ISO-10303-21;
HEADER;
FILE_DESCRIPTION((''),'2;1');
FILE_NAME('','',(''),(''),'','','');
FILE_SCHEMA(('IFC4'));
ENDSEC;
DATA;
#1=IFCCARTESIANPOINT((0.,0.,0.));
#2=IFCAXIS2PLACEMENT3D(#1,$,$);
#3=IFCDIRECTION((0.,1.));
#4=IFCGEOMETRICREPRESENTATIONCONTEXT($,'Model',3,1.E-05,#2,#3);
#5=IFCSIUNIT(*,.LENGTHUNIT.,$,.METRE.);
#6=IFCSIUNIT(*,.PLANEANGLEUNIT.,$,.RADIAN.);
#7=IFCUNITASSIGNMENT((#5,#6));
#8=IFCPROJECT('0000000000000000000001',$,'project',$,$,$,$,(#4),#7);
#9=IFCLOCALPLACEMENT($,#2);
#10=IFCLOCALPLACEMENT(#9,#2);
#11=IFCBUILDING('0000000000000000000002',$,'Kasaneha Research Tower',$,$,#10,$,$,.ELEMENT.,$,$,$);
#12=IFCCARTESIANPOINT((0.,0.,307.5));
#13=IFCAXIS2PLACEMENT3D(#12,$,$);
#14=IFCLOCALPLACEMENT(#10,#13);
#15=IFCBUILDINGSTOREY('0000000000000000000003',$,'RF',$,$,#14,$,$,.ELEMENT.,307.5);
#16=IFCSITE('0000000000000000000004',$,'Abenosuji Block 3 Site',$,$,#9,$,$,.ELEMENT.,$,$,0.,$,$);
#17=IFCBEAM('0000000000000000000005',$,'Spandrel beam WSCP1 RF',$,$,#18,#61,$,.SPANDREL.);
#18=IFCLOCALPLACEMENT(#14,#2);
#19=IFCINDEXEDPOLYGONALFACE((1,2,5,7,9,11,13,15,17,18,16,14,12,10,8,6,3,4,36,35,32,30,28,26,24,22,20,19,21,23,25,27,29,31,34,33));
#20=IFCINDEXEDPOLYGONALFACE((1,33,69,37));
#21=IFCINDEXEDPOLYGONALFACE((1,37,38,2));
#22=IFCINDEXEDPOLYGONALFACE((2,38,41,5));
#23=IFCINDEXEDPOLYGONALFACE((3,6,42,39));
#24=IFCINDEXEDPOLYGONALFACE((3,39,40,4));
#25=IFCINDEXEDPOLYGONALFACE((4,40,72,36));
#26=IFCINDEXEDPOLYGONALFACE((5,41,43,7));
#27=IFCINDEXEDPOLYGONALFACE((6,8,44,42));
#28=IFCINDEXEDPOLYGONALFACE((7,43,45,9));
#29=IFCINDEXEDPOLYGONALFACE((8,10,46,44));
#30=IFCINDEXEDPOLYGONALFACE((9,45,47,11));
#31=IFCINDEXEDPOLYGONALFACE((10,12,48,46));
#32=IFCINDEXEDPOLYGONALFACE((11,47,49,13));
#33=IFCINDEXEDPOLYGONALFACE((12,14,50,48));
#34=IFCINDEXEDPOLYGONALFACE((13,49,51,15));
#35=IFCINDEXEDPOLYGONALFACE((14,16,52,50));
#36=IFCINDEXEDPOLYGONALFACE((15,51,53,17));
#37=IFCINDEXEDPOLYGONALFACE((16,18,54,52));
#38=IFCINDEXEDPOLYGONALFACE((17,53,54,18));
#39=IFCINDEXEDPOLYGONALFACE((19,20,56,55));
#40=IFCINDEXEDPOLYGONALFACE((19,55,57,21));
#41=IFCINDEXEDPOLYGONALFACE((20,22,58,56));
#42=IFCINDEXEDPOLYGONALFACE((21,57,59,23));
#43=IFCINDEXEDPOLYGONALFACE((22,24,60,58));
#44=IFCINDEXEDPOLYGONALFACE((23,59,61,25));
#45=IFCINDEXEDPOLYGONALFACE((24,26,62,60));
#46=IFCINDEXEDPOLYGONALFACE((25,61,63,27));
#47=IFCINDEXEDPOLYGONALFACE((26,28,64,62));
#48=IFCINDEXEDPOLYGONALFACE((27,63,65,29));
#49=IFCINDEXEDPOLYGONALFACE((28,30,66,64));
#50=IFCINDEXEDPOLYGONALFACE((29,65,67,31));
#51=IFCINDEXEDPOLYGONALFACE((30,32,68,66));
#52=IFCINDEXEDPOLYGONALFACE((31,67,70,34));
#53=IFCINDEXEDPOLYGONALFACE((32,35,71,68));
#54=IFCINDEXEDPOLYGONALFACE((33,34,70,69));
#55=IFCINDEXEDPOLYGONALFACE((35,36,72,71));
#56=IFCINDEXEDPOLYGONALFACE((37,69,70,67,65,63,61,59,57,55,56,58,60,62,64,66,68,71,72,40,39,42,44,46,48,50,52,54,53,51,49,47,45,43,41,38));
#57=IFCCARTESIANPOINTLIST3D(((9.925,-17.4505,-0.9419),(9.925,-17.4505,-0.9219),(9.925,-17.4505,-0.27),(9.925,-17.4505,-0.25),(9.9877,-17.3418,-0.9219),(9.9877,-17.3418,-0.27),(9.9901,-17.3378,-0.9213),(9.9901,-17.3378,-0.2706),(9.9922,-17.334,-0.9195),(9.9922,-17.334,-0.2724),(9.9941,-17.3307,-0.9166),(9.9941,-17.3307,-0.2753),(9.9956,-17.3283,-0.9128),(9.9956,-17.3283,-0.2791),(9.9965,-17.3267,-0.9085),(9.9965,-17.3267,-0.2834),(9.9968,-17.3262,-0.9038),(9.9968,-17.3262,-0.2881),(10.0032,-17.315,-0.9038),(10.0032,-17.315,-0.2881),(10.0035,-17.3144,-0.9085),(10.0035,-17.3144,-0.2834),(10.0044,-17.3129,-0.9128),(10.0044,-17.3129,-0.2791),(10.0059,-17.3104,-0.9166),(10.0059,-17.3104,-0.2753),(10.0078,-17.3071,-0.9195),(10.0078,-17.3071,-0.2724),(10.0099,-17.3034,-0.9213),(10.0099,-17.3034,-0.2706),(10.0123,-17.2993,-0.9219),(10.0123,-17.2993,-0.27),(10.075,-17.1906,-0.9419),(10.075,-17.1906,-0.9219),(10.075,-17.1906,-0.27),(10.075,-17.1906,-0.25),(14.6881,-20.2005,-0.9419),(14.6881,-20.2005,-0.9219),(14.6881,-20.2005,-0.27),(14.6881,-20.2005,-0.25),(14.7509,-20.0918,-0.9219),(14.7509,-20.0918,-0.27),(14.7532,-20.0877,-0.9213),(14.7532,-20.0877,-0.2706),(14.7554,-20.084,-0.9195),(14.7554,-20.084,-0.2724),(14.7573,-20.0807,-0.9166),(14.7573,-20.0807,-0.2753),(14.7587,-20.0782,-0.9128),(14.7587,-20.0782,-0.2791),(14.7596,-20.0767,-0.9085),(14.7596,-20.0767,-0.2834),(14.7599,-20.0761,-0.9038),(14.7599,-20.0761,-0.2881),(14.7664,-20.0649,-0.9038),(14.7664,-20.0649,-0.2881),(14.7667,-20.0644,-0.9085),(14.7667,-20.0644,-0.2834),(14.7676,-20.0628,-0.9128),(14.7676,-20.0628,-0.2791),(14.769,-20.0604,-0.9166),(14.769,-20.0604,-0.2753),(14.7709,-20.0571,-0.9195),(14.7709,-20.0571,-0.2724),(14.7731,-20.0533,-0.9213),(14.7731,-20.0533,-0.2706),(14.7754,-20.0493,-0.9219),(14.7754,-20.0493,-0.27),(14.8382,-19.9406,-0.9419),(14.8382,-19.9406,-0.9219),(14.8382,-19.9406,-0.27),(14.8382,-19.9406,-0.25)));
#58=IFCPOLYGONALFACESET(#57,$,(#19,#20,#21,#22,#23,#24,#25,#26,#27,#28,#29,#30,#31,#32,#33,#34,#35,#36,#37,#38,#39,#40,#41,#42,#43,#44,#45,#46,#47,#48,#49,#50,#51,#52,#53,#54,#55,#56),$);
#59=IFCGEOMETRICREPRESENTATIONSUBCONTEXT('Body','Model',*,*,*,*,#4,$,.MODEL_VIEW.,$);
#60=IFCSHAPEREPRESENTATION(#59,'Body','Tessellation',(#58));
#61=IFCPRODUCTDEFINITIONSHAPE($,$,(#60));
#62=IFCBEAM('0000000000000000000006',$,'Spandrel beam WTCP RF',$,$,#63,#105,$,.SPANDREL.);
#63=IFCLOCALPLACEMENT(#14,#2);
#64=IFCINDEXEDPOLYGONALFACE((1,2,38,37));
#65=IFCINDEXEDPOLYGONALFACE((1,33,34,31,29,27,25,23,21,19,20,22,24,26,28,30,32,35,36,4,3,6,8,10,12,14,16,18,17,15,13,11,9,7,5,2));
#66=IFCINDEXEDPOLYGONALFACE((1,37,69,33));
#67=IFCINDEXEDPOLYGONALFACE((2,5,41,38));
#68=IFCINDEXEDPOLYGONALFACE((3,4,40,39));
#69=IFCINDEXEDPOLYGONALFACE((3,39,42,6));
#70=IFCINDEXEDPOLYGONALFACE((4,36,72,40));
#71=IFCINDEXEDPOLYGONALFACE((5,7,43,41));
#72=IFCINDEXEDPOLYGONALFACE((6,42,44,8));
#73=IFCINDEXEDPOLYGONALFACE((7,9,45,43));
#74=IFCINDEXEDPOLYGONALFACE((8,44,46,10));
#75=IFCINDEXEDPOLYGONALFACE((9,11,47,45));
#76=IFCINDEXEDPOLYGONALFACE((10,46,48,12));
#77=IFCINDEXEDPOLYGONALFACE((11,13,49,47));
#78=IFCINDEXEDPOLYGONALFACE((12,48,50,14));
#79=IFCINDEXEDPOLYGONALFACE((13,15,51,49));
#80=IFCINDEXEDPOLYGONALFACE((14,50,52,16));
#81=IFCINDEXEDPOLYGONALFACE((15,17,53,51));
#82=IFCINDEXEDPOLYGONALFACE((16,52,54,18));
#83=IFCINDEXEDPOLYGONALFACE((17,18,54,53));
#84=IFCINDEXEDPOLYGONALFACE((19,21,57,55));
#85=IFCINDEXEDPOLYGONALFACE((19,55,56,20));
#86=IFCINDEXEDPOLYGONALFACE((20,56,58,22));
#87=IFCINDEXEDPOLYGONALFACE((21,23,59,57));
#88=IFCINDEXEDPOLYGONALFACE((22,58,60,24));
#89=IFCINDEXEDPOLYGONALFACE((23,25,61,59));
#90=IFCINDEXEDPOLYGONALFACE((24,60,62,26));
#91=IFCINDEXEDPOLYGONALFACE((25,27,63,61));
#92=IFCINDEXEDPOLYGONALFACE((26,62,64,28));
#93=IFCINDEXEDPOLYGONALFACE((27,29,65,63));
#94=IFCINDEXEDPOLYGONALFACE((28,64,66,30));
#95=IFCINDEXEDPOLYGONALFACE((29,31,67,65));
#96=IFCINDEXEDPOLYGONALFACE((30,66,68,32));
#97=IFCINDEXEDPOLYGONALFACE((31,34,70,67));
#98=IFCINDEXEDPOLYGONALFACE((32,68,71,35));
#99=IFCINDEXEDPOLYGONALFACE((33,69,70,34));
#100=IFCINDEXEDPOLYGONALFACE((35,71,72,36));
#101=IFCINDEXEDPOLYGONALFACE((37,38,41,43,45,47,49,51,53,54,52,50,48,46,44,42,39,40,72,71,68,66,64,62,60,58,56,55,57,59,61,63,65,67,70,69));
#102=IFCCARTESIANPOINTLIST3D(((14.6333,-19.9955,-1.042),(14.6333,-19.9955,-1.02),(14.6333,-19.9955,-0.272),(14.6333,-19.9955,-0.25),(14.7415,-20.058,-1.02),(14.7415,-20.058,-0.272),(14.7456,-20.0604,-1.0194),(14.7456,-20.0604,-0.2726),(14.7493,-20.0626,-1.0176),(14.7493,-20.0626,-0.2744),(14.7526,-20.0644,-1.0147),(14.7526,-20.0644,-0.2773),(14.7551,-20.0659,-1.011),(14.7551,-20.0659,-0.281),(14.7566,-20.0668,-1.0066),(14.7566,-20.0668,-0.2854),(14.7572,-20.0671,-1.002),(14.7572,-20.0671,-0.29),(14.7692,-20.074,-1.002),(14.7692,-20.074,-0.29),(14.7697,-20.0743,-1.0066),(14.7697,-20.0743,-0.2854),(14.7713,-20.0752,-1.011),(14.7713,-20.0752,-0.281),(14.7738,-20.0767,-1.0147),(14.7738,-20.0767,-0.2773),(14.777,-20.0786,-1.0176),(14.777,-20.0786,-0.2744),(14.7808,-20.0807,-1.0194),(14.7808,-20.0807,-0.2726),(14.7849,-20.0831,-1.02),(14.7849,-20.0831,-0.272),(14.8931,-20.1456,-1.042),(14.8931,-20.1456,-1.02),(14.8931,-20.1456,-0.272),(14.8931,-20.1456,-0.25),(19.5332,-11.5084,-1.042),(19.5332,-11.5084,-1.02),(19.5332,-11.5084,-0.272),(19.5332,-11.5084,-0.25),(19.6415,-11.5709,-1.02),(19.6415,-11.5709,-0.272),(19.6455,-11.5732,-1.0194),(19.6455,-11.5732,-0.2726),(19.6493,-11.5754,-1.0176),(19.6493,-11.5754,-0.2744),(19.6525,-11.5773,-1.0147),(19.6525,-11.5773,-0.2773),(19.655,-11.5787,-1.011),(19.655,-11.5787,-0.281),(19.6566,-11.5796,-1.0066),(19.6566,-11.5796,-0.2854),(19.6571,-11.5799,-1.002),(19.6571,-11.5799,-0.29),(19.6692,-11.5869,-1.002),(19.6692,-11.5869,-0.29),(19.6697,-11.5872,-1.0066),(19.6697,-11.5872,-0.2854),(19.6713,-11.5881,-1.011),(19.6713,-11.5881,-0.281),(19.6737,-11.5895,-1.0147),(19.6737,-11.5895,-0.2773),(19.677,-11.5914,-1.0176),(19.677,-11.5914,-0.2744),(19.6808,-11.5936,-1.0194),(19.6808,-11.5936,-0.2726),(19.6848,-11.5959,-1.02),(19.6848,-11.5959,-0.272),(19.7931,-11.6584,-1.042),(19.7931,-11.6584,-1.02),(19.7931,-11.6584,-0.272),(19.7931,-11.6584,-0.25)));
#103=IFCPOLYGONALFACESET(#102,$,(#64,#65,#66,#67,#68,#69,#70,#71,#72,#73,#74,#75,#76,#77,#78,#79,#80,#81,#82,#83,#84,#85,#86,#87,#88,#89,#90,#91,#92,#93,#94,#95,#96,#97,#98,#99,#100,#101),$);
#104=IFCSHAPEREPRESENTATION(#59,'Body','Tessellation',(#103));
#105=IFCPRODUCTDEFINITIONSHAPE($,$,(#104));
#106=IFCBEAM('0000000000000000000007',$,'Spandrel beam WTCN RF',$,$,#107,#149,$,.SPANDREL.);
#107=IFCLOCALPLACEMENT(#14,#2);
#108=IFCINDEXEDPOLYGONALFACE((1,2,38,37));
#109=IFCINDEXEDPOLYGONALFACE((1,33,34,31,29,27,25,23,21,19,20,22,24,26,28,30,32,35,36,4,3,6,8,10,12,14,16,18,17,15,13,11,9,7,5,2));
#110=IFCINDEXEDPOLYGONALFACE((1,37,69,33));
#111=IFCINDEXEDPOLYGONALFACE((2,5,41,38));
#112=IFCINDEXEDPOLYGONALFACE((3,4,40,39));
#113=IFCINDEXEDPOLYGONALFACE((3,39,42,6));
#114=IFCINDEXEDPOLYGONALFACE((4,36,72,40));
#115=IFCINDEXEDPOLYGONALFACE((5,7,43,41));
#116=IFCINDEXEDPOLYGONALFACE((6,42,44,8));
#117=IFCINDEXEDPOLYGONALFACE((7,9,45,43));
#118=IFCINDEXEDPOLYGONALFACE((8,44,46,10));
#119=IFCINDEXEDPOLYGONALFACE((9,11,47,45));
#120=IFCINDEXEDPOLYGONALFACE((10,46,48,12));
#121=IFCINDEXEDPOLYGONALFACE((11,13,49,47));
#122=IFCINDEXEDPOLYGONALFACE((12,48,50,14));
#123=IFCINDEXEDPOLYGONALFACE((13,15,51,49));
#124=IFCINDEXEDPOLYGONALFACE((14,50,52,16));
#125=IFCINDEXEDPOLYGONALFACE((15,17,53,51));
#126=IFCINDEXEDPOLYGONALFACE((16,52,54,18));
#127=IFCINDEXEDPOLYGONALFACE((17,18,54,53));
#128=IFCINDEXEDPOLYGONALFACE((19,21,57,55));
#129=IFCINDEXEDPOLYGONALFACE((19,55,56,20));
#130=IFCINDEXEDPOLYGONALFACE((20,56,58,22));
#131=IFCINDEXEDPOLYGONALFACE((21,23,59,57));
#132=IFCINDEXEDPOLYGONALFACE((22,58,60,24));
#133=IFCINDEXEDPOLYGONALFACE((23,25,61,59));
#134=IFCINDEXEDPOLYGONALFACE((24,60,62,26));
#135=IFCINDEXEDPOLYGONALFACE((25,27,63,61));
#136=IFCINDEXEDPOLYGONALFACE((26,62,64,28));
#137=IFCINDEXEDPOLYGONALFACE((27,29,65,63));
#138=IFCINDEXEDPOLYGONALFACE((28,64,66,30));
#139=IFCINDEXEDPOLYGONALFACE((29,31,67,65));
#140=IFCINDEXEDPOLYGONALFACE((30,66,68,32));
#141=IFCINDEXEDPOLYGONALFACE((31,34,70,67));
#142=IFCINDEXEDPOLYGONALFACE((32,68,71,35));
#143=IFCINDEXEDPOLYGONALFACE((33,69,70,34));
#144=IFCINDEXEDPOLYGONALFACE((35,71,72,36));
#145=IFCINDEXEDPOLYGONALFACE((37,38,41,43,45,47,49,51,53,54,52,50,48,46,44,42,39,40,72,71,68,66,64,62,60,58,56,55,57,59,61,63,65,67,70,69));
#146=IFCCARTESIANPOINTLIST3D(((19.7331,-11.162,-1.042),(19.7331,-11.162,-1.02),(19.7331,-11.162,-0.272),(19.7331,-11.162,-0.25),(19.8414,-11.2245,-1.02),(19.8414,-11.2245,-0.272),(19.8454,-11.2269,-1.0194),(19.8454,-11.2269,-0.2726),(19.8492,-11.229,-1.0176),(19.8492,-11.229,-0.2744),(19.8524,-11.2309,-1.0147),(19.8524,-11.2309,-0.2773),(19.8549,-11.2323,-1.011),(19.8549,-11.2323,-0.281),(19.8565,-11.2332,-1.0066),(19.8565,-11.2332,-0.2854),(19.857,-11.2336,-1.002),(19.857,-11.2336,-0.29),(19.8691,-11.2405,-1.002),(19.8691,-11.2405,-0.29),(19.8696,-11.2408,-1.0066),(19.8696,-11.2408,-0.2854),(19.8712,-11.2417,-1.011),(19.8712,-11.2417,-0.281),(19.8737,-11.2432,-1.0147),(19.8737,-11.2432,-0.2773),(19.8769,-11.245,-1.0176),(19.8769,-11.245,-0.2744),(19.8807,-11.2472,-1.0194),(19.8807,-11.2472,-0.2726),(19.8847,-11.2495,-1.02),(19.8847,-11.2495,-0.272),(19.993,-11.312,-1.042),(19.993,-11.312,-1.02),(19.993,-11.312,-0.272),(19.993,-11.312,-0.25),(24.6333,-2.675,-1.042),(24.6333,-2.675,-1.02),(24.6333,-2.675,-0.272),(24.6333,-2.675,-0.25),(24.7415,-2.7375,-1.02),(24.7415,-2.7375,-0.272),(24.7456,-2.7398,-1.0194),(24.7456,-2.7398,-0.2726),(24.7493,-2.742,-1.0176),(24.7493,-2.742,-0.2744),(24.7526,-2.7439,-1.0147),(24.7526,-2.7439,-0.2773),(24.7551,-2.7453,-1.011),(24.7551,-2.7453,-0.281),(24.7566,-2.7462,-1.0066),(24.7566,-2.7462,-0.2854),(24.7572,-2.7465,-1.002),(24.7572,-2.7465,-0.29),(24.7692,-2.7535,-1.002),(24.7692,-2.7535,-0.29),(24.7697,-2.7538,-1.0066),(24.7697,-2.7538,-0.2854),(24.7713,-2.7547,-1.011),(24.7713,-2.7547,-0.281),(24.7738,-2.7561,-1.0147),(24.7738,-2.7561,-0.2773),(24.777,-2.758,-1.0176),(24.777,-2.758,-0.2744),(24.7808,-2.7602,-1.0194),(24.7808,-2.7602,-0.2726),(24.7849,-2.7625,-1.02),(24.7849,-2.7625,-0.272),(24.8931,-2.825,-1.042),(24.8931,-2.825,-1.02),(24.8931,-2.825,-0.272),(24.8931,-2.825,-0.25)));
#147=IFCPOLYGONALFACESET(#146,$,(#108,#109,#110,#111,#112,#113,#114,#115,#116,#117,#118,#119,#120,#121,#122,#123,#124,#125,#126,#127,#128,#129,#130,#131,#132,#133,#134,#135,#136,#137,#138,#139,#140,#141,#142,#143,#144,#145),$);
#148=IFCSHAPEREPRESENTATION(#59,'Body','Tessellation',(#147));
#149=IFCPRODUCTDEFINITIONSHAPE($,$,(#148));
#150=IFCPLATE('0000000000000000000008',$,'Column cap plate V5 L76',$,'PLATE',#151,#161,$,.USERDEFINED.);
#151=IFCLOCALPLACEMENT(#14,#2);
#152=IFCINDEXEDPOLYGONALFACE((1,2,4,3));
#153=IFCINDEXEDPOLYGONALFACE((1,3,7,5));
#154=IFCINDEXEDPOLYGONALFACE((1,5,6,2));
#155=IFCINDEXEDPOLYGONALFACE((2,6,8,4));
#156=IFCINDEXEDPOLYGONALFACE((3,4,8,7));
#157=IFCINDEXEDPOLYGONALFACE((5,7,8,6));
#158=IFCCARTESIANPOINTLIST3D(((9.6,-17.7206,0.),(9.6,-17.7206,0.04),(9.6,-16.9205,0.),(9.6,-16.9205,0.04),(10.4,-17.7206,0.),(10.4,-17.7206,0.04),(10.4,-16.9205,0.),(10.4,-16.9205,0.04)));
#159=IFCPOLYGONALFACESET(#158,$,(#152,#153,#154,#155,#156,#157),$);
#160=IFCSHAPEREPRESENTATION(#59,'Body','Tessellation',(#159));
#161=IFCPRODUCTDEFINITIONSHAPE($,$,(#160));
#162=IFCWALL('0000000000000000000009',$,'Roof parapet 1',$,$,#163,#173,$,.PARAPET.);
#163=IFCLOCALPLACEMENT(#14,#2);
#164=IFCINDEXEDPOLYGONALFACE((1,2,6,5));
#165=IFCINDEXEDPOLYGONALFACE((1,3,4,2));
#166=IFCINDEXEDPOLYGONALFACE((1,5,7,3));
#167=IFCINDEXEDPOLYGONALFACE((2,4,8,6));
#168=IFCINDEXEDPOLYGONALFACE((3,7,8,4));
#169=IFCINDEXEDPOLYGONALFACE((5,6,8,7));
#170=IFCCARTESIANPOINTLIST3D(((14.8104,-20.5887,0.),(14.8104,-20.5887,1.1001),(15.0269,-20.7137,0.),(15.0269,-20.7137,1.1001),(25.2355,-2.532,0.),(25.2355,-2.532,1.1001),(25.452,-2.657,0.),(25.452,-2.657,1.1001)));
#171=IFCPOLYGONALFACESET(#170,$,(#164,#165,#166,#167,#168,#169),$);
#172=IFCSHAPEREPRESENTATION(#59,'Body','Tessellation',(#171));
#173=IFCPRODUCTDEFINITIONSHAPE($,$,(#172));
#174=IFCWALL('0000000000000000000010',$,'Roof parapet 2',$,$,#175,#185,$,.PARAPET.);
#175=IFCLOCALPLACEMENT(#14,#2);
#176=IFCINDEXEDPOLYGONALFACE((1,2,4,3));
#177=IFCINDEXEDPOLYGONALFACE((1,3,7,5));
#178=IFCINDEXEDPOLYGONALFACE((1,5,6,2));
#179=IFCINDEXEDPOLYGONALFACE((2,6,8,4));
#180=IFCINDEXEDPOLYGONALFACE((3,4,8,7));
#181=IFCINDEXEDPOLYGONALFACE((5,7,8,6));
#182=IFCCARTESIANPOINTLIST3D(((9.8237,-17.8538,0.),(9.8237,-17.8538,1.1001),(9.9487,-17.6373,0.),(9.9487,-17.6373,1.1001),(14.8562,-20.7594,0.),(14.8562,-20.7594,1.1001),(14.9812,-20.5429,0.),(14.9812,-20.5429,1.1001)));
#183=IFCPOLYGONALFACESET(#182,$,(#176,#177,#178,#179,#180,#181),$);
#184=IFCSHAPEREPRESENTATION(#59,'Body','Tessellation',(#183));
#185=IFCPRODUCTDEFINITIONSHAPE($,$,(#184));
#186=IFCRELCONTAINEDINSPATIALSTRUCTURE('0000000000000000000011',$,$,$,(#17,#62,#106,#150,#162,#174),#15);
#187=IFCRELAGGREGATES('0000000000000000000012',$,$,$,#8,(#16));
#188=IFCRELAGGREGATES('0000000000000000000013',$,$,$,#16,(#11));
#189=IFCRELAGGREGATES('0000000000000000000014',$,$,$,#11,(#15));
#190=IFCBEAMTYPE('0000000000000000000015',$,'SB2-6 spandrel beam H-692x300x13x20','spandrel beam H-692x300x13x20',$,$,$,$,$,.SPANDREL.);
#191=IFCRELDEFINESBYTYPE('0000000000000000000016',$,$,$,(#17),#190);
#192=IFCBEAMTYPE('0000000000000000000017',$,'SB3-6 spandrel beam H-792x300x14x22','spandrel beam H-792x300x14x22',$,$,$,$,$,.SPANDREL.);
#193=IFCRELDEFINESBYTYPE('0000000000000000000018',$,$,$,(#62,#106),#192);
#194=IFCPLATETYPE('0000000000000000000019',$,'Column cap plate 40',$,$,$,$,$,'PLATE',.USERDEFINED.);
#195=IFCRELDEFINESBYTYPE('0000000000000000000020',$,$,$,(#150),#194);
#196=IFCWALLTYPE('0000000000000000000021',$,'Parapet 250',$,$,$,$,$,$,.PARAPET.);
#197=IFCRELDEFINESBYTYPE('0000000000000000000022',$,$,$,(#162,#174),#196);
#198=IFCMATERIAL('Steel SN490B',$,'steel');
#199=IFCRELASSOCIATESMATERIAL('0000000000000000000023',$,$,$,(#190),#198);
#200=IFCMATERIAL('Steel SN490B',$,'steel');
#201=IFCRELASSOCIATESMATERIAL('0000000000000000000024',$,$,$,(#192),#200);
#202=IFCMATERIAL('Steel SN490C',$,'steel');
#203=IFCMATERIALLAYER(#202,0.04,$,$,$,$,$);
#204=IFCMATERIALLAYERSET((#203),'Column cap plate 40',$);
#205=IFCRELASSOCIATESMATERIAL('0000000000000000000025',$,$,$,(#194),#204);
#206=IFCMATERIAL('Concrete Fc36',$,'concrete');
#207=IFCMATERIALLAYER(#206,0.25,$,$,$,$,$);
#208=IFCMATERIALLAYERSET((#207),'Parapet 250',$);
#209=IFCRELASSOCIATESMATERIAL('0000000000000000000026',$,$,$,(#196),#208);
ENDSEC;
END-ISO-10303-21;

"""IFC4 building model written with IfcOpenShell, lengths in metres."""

from ifc_helpers import new_model, si_unit, direction, frame, frame_2d, origin, origin_2d, place, context, subcontext, project, spatial, rectangle, i_section, extrude, material, layer, layer_set, material_profile, profile_set, type_object, element, save


model = new_model("IFC4")

# Units and contexts
model_context = context("Model", 3, precision=1e-05, world=origin(), true_north=direction((0.0, 1.0)))
body_context = subcontext(model_context, "Body", "Model", "MODEL_VIEW")
ifc_project = project(units=[si_unit("LENGTHUNIT", "METRE"), si_unit("PLANEANGLEUNIT", "RADIAN")], contexts=[model_context])

# Site, building, storey
site_placement = place(None, origin())
site = spatial("IfcSite", under=ifc_project, at=site_placement, Name="Abenosuji Block 3 Site", CompositionType="ELEMENT", RefElevation=0.0)
building_placement = place(site_placement, origin())
building = spatial("IfcBuilding", under=site, at=building_placement, Name="Kasaneha Research Tower", CompositionType="ELEMENT")
storey_placement = place(building_placement, frame((0.0, 0.0, 307.5)))
storey = spatial("IfcBuildingStorey", under=building, at=storey_placement, Name="RF", CompositionType="ELEMENT", Elevation=307.5)

# Beams
ifc_material_1 = material(Name="Steel SN490B", Category="steel")
ifc_material_profile_1 = material_profile(ifc_material_1, i_section(OverallWidth=0.3, OverallDepth=0.6919, WebThickness=0.0129, FlangeThickness=0.02, FilletRadius=0.0181, at=origin_2d()), Name="H-692x300x13x20")
ifc_profile_set_1 = profile_set([ifc_material_profile_1], Name="Steel SN490B")
beam_type_1 = type_object("IfcBeamType", Name="SB2-6 spandrel beam H-692x300x13x20", Description="spandrel beam H-692x300x13x20", PredefinedType="SPANDREL", material=ifc_profile_set_1)
beam_1_placement = place(storey_placement, frame((10.0, -17.3206, -0.5959), z_axis=(0.866027, -0.499997, 0.0), x_axis=(0.499997, 0.866027, 0.0)))
element("IfcBeam", 1, at=beam_1_placement, inside=storey, type_object=beam_type_1, Name="Spandrel beam WSCP1 RF", PredefinedType="SPANDREL", context=body_context, shape_type="SweptSolid", body=[
    extrude(i_section(OverallWidth=0.3, OverallDepth=0.6919, WebThickness=0.0129, FlangeThickness=0.02, FilletRadius=0.0181, at=origin_2d()), origin(), (0.0, 0.0, 1.0), 5.5),
])
ifc_material_2 = material(Name="Steel SN490B", Category="steel")
ifc_material_profile_2 = material_profile(ifc_material_2, i_section(OverallWidth=0.3, OverallDepth=0.792, WebThickness=0.0139, FlangeThickness=0.022, FilletRadius=0.0181, at=origin_2d()), Name="H-792x300x14x22")
ifc_profile_set_2 = profile_set([ifc_material_profile_2], Name="Steel SN490B")
beam_type_2 = type_object("IfcBeamType", Name="SB3-6 spandrel beam H-792x300x14x22", Description="spandrel beam H-792x300x14x22", PredefinedType="SPANDREL", material=ifc_profile_set_2)
for number, where, z_axis, x_axis, name in (
    (2, (14.7632, -20.0706, -0.646), (0.499992, 0.86603, 0.0), (-0.86603, 0.499992, 0.0), "Spandrel beam WTCP RF"),
    (3, (24.7632, -2.75, -0.646), (-0.500011, -0.866019, 0.0), (0.866019, -0.500011, 0.0), "Spandrel beam WTCN RF"),
):
    element("IfcBeam", number, at=place(storey_placement, frame(where, z_axis=z_axis, x_axis=x_axis)), inside=storey, type_object=beam_type_2, Name=name, PredefinedType="SPANDREL", context=body_context, shape_type="SweptSolid", body=[
        extrude(i_section(OverallWidth=0.3, OverallDepth=0.792, WebThickness=0.0139, FlangeThickness=0.022, FilletRadius=0.0181, at=origin_2d()), origin(), (0.0, 0.0, 1.0), 9.8),
    ])

# Plate
ifc_material_3 = material(Name="Steel SN490C", Category="steel")
ifc_layer_1 = layer(ifc_material_3, 0.04)
ifc_layer_set_1 = layer_set([ifc_layer_1], Name="Column cap plate 40")
plate_type = type_object("IfcPlateType", Name="Column cap plate 40", ElementType="PLATE", PredefinedType="USERDEFINED", material=ifc_layer_set_1)
plate_placement = place(storey_placement, frame((10.0, -17.3206, 0.0), z_axis=(0.0, 0.0, 1.0), x_axis=(1.0, 0.0, 0.0)))
element("IfcPlate", 4, at=plate_placement, inside=storey, type_object=plate_type, Name="Column cap plate V5 L76", ObjectType="PLATE", PredefinedType="USERDEFINED", context=body_context, shape_type="SweptSolid", body=[
    extrude(rectangle(XDim=0.8, YDim=0.8, at=origin_2d()), origin(), (0.0, 0.0, 1.0), 0.04),
])

# Walls
ifc_material_4 = material(Name="Concrete Fc36", Category="concrete")
ifc_layer_2 = layer(ifc_material_4, 0.25)
ifc_layer_set_2 = layer_set([ifc_layer_2], Name="Parapet 250")
wall_type = type_object("IfcWallType", Name="Parapet 250", PredefinedType="PARAPET", material=ifc_layer_set_2)
wall_1_placement = place(storey_placement, frame((25.3438, -2.5945, 0.0), z_axis=(0.0, 0.0, 1.0), x_axis=(-0.500002, -0.866025, 0.0)))
element("IfcWall", 5, at=wall_1_placement, inside=storey, type_object=wall_type, Name="Roof parapet 1", PredefinedType="PARAPET", context=body_context, shape_type="SweptSolid", body=[
    extrude(rectangle(XDim=20.8501, YDim=0.25, at=frame_2d((10.425, 0.0))), origin(), (0.0, 0.0, 1.0), 1.1001),
])
wall_2_placement = place(storey_placement, frame((14.9187, -20.6511, 0.0), z_axis=(0.0, 0.0, 1.0), x_axis=(-0.866024, 0.500002, 0.0)))
element("IfcWall", 6, at=wall_2_placement, inside=storey, type_object=wall_type, Name="Roof parapet 2", PredefinedType="PARAPET", context=body_context, shape_type="SweptSolid", body=[
    extrude(rectangle(XDim=5.811, YDim=0.25, at=frame_2d((2.9055, 0.0))), origin(), (0.0, 0.0, 1.0), 1.1001),
])

save(model, "model.ifc")
